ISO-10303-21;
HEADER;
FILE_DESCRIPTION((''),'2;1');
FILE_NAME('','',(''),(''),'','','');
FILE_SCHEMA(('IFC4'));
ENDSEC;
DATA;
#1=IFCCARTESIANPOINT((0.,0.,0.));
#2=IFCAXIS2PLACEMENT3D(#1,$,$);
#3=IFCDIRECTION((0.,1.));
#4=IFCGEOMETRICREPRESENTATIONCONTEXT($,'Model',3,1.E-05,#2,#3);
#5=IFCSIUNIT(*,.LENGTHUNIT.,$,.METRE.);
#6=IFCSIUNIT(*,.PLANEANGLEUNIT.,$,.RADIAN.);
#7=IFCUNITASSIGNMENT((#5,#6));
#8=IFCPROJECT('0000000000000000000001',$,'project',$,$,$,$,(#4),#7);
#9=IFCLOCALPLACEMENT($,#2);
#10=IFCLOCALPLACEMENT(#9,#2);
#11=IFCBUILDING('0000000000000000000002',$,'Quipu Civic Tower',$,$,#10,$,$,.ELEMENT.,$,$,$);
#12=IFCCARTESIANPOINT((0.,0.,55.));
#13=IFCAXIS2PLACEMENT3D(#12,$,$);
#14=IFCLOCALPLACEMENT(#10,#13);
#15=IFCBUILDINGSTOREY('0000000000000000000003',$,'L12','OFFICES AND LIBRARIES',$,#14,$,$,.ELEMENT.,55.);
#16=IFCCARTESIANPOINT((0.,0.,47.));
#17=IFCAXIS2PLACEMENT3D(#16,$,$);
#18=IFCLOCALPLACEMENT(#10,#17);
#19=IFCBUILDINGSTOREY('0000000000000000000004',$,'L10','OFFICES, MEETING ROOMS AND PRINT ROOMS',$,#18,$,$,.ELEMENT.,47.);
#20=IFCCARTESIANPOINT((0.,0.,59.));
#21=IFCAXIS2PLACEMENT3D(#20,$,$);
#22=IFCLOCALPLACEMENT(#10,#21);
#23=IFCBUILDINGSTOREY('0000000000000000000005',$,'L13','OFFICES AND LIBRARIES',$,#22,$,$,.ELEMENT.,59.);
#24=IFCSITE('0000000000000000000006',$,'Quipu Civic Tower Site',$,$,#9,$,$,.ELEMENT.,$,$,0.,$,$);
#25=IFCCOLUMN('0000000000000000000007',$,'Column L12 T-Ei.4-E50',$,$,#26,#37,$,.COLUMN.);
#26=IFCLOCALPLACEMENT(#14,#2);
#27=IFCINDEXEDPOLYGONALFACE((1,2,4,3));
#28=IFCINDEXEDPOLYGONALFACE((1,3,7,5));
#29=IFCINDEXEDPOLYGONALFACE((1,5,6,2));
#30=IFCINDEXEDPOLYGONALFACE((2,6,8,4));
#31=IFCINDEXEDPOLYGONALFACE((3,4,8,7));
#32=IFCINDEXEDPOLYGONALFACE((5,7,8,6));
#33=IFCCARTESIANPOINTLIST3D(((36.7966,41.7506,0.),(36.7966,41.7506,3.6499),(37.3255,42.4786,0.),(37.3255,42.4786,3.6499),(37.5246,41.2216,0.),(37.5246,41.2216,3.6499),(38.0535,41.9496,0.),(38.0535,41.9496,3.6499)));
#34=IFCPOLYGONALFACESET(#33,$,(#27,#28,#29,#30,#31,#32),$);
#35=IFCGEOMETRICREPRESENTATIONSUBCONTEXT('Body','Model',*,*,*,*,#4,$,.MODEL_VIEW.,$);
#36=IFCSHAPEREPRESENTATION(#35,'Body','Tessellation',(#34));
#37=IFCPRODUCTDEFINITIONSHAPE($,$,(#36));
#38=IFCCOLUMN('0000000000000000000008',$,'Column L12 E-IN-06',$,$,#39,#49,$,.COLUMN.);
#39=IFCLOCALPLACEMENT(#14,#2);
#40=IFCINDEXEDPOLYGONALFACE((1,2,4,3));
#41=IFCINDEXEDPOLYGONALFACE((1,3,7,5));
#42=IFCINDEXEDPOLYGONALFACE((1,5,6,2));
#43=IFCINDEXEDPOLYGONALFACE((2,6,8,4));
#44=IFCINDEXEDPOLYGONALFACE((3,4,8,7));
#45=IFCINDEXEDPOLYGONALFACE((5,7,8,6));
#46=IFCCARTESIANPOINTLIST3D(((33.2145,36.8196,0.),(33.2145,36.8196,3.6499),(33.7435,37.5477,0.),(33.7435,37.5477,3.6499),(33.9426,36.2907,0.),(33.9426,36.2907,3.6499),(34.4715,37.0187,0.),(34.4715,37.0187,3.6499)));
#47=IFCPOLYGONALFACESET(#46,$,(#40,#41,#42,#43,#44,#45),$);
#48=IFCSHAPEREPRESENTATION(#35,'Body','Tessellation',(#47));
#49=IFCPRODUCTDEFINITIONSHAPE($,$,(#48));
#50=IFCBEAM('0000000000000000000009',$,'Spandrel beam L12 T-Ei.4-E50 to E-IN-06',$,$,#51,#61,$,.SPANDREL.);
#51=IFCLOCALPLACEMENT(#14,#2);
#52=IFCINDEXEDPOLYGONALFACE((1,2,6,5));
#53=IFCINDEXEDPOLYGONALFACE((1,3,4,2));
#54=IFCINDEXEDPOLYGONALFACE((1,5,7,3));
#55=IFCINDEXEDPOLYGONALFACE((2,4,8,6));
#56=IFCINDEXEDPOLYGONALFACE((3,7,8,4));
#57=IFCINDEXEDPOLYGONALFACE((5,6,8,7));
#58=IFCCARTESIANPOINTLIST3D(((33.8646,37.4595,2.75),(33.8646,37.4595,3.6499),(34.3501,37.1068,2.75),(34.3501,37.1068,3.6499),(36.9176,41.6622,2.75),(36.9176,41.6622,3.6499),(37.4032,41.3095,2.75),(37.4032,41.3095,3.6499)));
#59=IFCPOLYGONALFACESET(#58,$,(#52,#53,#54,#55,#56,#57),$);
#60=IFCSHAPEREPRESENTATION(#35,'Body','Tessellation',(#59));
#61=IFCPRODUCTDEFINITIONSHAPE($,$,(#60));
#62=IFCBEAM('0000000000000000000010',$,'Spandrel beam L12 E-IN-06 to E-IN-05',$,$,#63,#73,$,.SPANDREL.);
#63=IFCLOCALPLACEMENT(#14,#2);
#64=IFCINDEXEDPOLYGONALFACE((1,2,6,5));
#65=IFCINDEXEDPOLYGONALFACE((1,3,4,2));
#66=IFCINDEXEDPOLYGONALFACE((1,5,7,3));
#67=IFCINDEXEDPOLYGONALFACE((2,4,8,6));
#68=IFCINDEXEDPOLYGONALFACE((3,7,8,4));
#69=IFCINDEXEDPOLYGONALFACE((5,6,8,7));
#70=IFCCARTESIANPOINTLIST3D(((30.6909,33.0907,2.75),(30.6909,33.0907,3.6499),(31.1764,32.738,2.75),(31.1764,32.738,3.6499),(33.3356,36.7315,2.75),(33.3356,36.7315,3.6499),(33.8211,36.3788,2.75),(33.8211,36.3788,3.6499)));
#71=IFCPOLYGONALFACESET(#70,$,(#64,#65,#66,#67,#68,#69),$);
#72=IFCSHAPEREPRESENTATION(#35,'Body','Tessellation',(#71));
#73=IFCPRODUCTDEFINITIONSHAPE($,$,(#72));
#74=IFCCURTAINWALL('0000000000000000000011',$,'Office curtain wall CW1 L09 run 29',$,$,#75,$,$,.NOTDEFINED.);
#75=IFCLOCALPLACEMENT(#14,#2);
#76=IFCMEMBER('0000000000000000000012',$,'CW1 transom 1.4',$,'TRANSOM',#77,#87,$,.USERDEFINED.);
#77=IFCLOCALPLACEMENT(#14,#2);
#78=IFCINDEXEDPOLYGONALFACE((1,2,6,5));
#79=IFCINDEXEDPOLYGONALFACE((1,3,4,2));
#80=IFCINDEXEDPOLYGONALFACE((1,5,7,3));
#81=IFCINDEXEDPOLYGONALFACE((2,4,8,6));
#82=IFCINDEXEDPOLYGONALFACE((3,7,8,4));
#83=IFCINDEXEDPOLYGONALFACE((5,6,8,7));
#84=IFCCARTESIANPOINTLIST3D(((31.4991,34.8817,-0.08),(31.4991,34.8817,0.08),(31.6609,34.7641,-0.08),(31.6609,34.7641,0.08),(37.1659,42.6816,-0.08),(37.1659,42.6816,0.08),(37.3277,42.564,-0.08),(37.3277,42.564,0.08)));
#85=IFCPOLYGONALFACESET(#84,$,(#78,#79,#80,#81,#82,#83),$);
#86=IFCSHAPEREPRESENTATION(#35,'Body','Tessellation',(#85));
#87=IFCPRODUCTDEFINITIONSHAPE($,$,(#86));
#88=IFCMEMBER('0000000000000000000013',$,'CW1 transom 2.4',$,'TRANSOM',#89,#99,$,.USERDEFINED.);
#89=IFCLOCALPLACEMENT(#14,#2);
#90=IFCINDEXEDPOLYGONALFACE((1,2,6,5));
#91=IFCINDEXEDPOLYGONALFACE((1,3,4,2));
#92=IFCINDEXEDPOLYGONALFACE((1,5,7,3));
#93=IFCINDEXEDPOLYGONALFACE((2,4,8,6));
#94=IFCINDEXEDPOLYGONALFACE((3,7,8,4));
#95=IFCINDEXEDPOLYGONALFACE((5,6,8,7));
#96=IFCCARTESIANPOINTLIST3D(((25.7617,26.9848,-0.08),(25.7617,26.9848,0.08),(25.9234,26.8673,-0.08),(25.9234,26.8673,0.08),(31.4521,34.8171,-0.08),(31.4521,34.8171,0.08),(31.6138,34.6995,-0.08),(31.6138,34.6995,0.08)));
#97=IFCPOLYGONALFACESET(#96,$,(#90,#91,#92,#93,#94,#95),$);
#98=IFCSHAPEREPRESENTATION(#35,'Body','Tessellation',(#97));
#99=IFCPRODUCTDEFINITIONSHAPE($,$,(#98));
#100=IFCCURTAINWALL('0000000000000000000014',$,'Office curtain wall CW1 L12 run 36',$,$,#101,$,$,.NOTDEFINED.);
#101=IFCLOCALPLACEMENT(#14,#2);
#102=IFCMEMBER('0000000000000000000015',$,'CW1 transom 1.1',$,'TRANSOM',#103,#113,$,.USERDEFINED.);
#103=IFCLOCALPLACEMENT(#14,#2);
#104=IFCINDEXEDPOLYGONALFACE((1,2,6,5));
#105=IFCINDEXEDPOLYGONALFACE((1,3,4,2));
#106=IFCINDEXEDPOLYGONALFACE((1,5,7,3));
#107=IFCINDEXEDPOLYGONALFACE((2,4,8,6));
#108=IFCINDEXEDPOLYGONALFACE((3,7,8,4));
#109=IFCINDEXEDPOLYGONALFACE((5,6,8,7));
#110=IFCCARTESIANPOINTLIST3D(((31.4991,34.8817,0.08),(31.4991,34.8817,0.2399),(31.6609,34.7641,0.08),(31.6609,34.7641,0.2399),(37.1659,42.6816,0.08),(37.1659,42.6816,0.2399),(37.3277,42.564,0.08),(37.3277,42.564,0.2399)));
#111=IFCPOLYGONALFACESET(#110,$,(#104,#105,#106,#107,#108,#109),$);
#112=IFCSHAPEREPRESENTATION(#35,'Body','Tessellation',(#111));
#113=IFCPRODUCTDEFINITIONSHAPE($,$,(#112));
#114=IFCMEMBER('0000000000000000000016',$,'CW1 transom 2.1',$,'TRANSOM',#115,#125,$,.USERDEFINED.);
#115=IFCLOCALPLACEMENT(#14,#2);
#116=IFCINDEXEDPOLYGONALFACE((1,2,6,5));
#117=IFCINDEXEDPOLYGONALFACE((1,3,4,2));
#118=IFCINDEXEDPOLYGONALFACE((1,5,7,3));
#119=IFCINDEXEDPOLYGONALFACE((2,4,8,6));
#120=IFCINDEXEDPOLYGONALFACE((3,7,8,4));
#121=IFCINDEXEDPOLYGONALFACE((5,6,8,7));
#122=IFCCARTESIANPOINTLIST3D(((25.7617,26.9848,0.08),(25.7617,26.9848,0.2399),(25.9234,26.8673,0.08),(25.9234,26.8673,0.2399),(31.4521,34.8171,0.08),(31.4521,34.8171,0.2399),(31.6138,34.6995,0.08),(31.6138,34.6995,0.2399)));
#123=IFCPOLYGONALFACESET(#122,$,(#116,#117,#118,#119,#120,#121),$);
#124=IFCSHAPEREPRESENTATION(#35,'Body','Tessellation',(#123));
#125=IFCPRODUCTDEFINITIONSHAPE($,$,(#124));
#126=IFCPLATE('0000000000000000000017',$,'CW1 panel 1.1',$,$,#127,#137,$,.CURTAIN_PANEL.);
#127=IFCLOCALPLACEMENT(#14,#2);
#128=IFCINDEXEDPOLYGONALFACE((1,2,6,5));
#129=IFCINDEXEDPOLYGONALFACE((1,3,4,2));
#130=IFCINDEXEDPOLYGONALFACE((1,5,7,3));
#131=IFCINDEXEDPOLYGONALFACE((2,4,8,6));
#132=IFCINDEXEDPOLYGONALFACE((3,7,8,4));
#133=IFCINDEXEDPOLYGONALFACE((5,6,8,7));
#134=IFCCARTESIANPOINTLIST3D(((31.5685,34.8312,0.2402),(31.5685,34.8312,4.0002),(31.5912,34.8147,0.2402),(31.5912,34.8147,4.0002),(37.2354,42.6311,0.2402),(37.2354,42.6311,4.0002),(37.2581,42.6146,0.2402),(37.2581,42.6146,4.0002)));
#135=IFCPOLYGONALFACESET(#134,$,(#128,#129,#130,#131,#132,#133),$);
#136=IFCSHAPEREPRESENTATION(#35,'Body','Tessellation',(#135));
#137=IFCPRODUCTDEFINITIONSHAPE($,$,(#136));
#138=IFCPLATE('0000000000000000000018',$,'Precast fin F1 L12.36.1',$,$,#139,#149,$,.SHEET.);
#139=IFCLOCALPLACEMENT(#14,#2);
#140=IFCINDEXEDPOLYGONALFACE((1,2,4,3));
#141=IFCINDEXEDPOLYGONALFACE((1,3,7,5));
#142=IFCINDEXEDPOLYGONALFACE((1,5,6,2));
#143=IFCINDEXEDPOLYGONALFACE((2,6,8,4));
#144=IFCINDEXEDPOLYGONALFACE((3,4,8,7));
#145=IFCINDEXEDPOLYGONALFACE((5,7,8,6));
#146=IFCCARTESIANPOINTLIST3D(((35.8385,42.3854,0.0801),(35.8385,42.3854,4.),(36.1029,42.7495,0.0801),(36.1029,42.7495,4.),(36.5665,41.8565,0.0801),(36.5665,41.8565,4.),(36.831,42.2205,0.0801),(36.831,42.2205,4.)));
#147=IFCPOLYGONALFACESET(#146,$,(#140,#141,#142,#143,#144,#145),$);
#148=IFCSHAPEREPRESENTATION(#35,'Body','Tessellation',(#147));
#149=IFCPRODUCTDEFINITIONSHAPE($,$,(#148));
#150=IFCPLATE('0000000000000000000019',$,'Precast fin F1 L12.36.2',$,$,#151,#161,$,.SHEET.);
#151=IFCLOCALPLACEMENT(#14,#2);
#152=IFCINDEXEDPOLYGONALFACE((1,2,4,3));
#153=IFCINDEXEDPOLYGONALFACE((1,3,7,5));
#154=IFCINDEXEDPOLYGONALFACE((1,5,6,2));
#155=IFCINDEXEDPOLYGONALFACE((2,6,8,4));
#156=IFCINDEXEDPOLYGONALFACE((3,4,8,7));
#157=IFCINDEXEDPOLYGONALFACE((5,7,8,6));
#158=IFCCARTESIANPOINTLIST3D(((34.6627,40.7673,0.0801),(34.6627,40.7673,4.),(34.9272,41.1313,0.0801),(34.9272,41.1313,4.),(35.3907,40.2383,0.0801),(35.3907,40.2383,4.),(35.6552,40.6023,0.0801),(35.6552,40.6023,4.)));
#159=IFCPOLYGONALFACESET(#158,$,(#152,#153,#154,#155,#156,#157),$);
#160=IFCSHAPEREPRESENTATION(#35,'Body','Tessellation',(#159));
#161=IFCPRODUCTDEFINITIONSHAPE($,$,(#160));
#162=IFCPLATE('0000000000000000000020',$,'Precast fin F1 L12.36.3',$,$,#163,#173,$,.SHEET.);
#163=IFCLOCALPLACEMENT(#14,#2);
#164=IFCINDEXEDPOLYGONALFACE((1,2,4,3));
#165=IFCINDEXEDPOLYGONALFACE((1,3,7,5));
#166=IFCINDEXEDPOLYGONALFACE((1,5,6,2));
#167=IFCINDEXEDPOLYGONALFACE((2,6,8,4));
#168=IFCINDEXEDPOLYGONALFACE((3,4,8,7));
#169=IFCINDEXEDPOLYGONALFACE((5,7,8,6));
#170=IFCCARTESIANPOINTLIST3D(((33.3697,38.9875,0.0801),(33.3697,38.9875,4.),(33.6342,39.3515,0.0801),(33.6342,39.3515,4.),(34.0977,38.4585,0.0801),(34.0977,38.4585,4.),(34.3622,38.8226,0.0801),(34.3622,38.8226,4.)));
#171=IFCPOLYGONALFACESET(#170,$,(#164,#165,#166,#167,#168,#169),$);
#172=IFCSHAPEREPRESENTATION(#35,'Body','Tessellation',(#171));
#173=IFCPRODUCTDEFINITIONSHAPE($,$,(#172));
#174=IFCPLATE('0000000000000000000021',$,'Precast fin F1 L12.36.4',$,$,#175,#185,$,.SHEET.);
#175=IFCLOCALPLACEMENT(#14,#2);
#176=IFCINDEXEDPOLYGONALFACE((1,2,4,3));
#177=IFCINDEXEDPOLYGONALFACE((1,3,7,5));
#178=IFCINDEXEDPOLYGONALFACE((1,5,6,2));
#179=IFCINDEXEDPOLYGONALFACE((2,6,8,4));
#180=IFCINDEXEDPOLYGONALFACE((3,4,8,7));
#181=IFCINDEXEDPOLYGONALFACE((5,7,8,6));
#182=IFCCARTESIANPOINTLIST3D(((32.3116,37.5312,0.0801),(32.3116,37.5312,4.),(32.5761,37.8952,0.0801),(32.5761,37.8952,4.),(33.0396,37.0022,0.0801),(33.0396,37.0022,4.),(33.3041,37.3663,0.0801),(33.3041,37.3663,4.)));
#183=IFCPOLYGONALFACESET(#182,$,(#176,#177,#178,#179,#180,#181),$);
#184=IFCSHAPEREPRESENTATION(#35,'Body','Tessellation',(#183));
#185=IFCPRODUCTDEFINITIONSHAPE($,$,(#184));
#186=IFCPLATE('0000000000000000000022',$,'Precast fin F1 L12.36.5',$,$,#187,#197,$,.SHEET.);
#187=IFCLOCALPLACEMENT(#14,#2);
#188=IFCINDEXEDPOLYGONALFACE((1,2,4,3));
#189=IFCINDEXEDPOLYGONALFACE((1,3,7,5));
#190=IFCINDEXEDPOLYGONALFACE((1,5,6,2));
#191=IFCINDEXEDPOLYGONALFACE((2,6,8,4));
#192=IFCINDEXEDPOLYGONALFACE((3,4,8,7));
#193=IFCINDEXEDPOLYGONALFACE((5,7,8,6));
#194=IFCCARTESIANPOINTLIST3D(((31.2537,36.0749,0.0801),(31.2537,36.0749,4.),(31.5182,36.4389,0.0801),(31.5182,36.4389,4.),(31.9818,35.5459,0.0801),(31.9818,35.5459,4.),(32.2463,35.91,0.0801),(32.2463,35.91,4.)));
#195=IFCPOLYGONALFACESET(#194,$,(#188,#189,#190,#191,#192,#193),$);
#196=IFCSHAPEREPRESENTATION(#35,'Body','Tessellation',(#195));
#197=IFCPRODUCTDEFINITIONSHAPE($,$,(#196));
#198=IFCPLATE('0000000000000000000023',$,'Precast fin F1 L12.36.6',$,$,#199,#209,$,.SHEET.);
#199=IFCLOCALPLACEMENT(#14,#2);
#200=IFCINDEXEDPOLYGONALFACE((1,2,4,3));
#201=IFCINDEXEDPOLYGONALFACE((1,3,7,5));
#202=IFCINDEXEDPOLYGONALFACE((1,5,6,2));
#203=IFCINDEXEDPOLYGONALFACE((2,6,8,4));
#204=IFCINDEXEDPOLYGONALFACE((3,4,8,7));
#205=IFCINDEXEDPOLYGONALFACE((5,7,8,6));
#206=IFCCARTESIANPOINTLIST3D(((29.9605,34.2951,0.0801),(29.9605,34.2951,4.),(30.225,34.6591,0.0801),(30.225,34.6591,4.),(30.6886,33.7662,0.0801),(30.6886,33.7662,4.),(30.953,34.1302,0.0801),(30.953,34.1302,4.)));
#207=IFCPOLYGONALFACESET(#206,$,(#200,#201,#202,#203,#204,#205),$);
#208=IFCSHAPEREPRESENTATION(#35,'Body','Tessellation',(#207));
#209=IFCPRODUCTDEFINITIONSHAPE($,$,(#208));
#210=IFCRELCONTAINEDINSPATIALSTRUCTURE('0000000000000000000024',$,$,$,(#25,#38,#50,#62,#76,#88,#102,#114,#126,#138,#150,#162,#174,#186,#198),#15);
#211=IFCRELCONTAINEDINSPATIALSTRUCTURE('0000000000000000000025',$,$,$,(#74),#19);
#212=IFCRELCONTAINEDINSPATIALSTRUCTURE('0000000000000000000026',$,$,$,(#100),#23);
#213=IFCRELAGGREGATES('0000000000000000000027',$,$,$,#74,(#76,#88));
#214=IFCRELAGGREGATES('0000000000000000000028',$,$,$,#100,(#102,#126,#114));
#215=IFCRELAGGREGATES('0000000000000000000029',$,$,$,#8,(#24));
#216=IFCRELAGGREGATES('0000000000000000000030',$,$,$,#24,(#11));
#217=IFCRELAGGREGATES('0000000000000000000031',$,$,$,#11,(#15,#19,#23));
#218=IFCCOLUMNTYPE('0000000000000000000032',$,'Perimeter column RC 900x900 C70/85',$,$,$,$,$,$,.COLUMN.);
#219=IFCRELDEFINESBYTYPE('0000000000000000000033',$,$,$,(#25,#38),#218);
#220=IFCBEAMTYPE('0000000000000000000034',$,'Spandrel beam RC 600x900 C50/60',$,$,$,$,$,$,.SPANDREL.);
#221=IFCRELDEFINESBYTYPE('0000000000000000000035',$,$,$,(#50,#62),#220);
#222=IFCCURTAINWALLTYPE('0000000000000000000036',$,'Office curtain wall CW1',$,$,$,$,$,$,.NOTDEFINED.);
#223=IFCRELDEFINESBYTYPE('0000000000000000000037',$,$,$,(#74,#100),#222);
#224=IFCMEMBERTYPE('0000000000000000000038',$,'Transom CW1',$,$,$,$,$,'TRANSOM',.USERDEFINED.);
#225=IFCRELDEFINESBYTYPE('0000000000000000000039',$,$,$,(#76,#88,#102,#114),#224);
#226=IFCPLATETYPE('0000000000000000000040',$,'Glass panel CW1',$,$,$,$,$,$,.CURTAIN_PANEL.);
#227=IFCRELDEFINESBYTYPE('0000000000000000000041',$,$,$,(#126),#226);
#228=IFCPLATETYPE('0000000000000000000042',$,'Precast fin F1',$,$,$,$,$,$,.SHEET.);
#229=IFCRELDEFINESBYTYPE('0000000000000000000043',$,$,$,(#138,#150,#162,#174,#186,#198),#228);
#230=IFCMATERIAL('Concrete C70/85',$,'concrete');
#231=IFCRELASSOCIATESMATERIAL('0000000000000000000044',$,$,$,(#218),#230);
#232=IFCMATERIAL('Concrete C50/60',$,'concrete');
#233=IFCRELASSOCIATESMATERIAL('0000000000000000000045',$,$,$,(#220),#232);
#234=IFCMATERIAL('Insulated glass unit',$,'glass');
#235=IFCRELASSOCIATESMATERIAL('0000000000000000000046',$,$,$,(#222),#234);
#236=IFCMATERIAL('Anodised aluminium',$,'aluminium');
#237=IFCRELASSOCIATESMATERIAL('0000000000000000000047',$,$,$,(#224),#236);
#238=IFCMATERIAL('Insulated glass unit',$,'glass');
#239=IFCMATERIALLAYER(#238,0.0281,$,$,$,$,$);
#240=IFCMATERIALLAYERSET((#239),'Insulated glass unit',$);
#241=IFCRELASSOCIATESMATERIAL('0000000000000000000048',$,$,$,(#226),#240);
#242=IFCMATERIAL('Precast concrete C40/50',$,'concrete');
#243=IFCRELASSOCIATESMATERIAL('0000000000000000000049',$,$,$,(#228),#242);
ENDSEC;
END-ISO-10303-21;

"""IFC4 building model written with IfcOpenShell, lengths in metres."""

from ifc_helpers import new_model, si_unit, direction, frame, origin, origin_2d, place, context, subcontext, project, spatial, rectangle, extrude, material, layer, layer_set, material_profile, profile_set, type_object, element, aggregate, save


model = new_model("IFC4")

# Units and contexts
model_context = context("Model", 3, precision=1e-05, world=origin(), true_north=direction((0.0, 1.0)))
body_context = subcontext(model_context, "Body", "Model", "MODEL_VIEW")
ifc_project = project(units=[si_unit("LENGTHUNIT", "METRE"), si_unit("PLANEANGLEUNIT", "RADIAN")], contexts=[model_context])

# Site, building, storey
site_placement = place(None, origin())
site = spatial("IfcSite", under=ifc_project, at=site_placement, Name="Quipu Civic Tower Site", CompositionType="ELEMENT", RefElevation=0.0)
building_placement = place(site_placement, origin())
building = spatial("IfcBuilding", under=site, at=building_placement, Name="Quipu Civic Tower", CompositionType="ELEMENT")
storey_1_placement = place(building_placement, frame((0.0, 0.0, 55.0)))
storey_1 = spatial("IfcBuildingStorey", under=building, at=storey_1_placement, Name="L12", Description="OFFICES AND LIBRARIES", CompositionType="ELEMENT", Elevation=55.0)

# Columns
ifc_material_1 = material(Name="Concrete C70/85", Category="concrete")
ifc_material_profile_1 = material_profile(ifc_material_1, rectangle(XDim=0.8999, YDim=0.8999, at=origin_2d()), Name="RC900x900")
ifc_profile_set_1 = profile_set([ifc_material_profile_1], Name="Concrete C70/85")
column_type = type_object("IfcColumnType", Name="Perimeter column RC 900x900 C70/85", PredefinedType="COLUMN", material=ifc_profile_set_1)
for number, where, z_axis, x_axis, name in (
    (1, (37.425, 41.8501, 0.0), (0.0, 0.0, 1.0), (-0.587785, -0.809017, 0.0), "Column L12 T-Ei.4-E50"),
    (2, (33.843, 36.9192, 0.0), (0.0, 0.0, 1.0), (-0.587785, -0.809017, 0.0), "Column L12 E-IN-06"),
):
    element("IfcColumn", number, at=place(storey_1_placement, frame(where, z_axis=z_axis, x_axis=x_axis)), inside=storey_1, type_object=column_type, Name=name, PredefinedType="COLUMN", context=body_context, shape_type="SweptSolid", body=[
        extrude(rectangle(XDim=0.8999, YDim=0.8999, at=origin_2d()), origin(), (0.0, 0.0, 1.0), 3.6499),
    ])

# Beams
ifc_material_2 = material(Name="Concrete C50/60", Category="concrete")
ifc_material_profile_2 = material_profile(ifc_material_2, rectangle(XDim=0.6001, YDim=0.8999, at=origin_2d()), Name="RC600x900")
ifc_profile_set_2 = profile_set([ifc_material_profile_2], Name="Concrete C50/60")
beam_type = type_object("IfcBeamType", Name="Spandrel beam RC 600x900 C50/60", PredefinedType="SPANDREL", material=ifc_profile_set_2)
beam_1_placement = place(storey_1_placement, frame((37.1604, 41.4858, 3.2), z_axis=(-0.587733, -0.809055, 0.0), x_axis=(0.809055, -0.587733, 0.0)))
element("IfcBeam", 3, at=beam_1_placement, inside=storey_1, type_object=beam_type, Name="Spandrel beam L12 T-Ei.4-E50 to E-IN-06", PredefinedType="SPANDREL", context=body_context, shape_type="SweptSolid", body=[
    extrude(rectangle(XDim=0.6001, YDim=0.8999, at=origin_2d()), origin(), (0.0, 0.0, 1.0), 5.1946),
])
beam_2_placement = place(storey_1_placement, frame((33.5784, 36.5552, 3.2), z_axis=(-0.587717, -0.809067, 0.0), x_axis=(0.809067, -0.587717, 0.0)))
element("IfcBeam", 4, at=beam_2_placement, inside=storey_1, type_object=beam_type, Name="Spandrel beam L12 E-IN-06 to E-IN-05", PredefinedType="SPANDREL", context=body_context, shape_type="SweptSolid", body=[
    extrude(rectangle(XDim=0.6001, YDim=0.8999, at=origin_2d()), origin(), (0.0, 0.0, 1.0), 4.5),
])

# Shared definitions
storey_2_placement = place(building_placement, frame((0.0, 0.0, 47.0)))
storey_2 = spatial("IfcBuildingStorey", under=building, at=storey_2_placement, Name="L10", Description="OFFICES, MEETING ROOMS AND PRINT ROOMS", CompositionType="ELEMENT", Elevation=47.0)

# Curtain wall, members
ifc_material_3 = material(Name="Insulated glass unit", Category="glass")
curtain_wall_type = type_object("IfcCurtainWallType", Name="Office curtain wall CW1", PredefinedType="NOTDEFINED", material=ifc_material_3)
curtain_wall_1_placement = place(storey_2_placement, origin())
curtain_wall_1 = element("IfcCurtainWall", 5, at=curtain_wall_1_placement, inside=storey_2, type_object=curtain_wall_type, Name="Office curtain wall CW1 L09 run 29", PredefinedType="NOTDEFINED")
ifc_material_4 = material(Name="Anodised aluminium", Category="aluminium")
ifc_material_profile_3 = material_profile(ifc_material_4, rectangle(XDim=0.2, YDim=0.1599, at=origin_2d()), Name="RECT 200x160")
ifc_profile_set_3 = profile_set([ifc_material_profile_3], Name="Anodised aluminium")
member_type = type_object("IfcMemberType", Name="Transom CW1", ElementType="TRANSOM", PredefinedType="USERDEFINED", material=ifc_profile_set_3)
member_1_placement = place(storey_1_placement, frame((37.2468, 42.6228, 0.0), z_axis=(-0.587776, -0.809024, 0.0), x_axis=(0.809024, -0.587776, 0.0)))
member_1 = element("IfcMember", 6, at=member_1_placement, inside=storey_1, type_object=member_type, Name="CW1 transom 1.4", ObjectType="TRANSOM", PredefinedType="USERDEFINED", context=body_context, shape_type="SweptSolid", body=[
    extrude(rectangle(XDim=0.2, YDim=0.1599, at=origin_2d()), origin(), (0.0, 0.0, 1.0), 9.6411),
])
member_2_placement = place(storey_1_placement, frame((31.533, 34.7583, 0.0), z_axis=(-0.587782, -0.80902, 0.0), x_axis=(0.80902, -0.587782, 0.0)))
member_2 = element("IfcMember", 7, at=member_2_placement, inside=storey_1, type_object=member_type, Name="CW1 transom 2.4", ObjectType="TRANSOM", PredefinedType="USERDEFINED", context=body_context, shape_type="SweptSolid", body=[
    extrude(rectangle(XDim=0.2, YDim=0.1599, at=origin_2d()), origin(), (0.0, 0.0, 1.0), 9.6812),
])
aggregate(curtain_wall_1, [member_1, member_2])

# Shared definitions
storey_3_placement = place(building_placement, frame((0.0, 0.0, 59.0)))
storey_3 = spatial("IfcBuildingStorey", under=building, at=storey_3_placement, Name="L13", Description="OFFICES AND LIBRARIES", CompositionType="ELEMENT", Elevation=59.0)

# Curtain wall, members, plate
curtain_wall_2_placement = place(storey_3_placement, origin())
curtain_wall_2 = element("IfcCurtainWall", 8, at=curtain_wall_2_placement, inside=storey_3, type_object=curtain_wall_type, Name="Office curtain wall CW1 L12 run 36", PredefinedType="NOTDEFINED")
member_3_placement = place(storey_1_placement, frame((37.2468, 42.6228, 0.1599), z_axis=(-0.587776, -0.809024, 0.0), x_axis=(0.809024, -0.587776, 0.0)))
member_3 = element("IfcMember", 9, at=member_3_placement, inside=storey_1, type_object=member_type, Name="CW1 transom 1.1", ObjectType="TRANSOM", PredefinedType="USERDEFINED", context=body_context, shape_type="SweptSolid", body=[
    extrude(rectangle(XDim=0.2, YDim=0.1599, at=origin_2d()), origin(), (0.0, 0.0, 1.0), 9.6411),
])
member_4_placement = place(storey_1_placement, frame((31.533, 34.7583, 0.1599), z_axis=(-0.587782, -0.80902, 0.0), x_axis=(0.80902, -0.587782, 0.0)))
member_4 = element("IfcMember", 10, at=member_4_placement, inside=storey_1, type_object=member_type, Name="CW1 transom 2.1", ObjectType="TRANSOM", PredefinedType="USERDEFINED", context=body_context, shape_type="SweptSolid", body=[
    extrude(rectangle(XDim=0.2, YDim=0.1599, at=origin_2d()), origin(), (0.0, 0.0, 1.0), 9.6812),
])
ifc_material_5 = material(Name="Insulated glass unit", Category="glass")
ifc_layer_1 = layer(ifc_material_5, 0.0281)
ifc_layer_set_1 = layer_set([ifc_layer_1], Name="Insulated glass unit")
plate_type_1 = type_object("IfcPlateType", Name="Glass panel CW1", PredefinedType="CURTAIN_PANEL", material=ifc_layer_set_1)
plate_placement = place(storey_1_placement, frame((34.4133, 38.7229, 0.2402), z_axis=(0.0, 0.0, 1.0), x_axis=(-0.587786, -0.809017, 0.0)))
plate = element("IfcPlate", 11, at=plate_placement, inside=storey_1, type_object=plate_type_1, Name="CW1 panel 1.1", PredefinedType="CURTAIN_PANEL", context=body_context, shape_type="SweptSolid", body=[
    extrude(rectangle(XDim=9.6411, YDim=0.0281, at=origin_2d()), origin(), (0.0, 0.0, 1.0), 3.76),
])
aggregate(curtain_wall_2, [member_3, plate, member_4])

# Plates
ifc_material_6 = material(Name="Precast concrete C40/50", Category="concrete")
plate_type_2 = type_object("IfcPlateType", Name="Precast fin F1", PredefinedType="SHEET", material=ifc_material_6)
for number, where, z_axis, x_axis, name in (
    (12, (36.3347, 42.303, 0.0801), (0.0, 0.0, 1.0), (-0.587785, -0.809017, 0.0), "Precast fin F1 L12.36.1"),
    (13, (35.1589, 40.6848, 0.0801), (0.0, 0.0, 1.0), (-0.587785, -0.809017, 0.0), "Precast fin F1 L12.36.2"),
    (14, (33.866, 38.905, 0.0801), (0.0, 0.0, 1.0), (-0.587785, -0.809017, 0.0), "Precast fin F1 L12.36.3"),
    (15, (32.8079, 37.4487, 0.0801), (0.0, 0.0, 1.0), (-0.587785, -0.809017, 0.0), "Precast fin F1 L12.36.4"),
    (16, (31.75, 35.9924, 0.0801), (0.0, 0.0, 1.0), (-0.587785, -0.809017, 0.0), "Precast fin F1 L12.36.5"),
    (17, (30.4568, 34.2126, 0.0801), (0.0, 0.0, 1.0), (-0.587785, -0.809017, 0.0), "Precast fin F1 L12.36.6"),
):
    element("IfcPlate", number, at=place(storey_1_placement, frame(where, z_axis=z_axis, x_axis=x_axis)), inside=storey_1, type_object=plate_type_2, Name=name, PredefinedType="SHEET", context=body_context, shape_type="SweptSolid", body=[
        extrude(rectangle(XDim=0.45, YDim=0.8999, at=origin_2d()), origin(), (0.0, 0.0, 1.0), 3.9199),
    ])

save(model, "model.ifc")
